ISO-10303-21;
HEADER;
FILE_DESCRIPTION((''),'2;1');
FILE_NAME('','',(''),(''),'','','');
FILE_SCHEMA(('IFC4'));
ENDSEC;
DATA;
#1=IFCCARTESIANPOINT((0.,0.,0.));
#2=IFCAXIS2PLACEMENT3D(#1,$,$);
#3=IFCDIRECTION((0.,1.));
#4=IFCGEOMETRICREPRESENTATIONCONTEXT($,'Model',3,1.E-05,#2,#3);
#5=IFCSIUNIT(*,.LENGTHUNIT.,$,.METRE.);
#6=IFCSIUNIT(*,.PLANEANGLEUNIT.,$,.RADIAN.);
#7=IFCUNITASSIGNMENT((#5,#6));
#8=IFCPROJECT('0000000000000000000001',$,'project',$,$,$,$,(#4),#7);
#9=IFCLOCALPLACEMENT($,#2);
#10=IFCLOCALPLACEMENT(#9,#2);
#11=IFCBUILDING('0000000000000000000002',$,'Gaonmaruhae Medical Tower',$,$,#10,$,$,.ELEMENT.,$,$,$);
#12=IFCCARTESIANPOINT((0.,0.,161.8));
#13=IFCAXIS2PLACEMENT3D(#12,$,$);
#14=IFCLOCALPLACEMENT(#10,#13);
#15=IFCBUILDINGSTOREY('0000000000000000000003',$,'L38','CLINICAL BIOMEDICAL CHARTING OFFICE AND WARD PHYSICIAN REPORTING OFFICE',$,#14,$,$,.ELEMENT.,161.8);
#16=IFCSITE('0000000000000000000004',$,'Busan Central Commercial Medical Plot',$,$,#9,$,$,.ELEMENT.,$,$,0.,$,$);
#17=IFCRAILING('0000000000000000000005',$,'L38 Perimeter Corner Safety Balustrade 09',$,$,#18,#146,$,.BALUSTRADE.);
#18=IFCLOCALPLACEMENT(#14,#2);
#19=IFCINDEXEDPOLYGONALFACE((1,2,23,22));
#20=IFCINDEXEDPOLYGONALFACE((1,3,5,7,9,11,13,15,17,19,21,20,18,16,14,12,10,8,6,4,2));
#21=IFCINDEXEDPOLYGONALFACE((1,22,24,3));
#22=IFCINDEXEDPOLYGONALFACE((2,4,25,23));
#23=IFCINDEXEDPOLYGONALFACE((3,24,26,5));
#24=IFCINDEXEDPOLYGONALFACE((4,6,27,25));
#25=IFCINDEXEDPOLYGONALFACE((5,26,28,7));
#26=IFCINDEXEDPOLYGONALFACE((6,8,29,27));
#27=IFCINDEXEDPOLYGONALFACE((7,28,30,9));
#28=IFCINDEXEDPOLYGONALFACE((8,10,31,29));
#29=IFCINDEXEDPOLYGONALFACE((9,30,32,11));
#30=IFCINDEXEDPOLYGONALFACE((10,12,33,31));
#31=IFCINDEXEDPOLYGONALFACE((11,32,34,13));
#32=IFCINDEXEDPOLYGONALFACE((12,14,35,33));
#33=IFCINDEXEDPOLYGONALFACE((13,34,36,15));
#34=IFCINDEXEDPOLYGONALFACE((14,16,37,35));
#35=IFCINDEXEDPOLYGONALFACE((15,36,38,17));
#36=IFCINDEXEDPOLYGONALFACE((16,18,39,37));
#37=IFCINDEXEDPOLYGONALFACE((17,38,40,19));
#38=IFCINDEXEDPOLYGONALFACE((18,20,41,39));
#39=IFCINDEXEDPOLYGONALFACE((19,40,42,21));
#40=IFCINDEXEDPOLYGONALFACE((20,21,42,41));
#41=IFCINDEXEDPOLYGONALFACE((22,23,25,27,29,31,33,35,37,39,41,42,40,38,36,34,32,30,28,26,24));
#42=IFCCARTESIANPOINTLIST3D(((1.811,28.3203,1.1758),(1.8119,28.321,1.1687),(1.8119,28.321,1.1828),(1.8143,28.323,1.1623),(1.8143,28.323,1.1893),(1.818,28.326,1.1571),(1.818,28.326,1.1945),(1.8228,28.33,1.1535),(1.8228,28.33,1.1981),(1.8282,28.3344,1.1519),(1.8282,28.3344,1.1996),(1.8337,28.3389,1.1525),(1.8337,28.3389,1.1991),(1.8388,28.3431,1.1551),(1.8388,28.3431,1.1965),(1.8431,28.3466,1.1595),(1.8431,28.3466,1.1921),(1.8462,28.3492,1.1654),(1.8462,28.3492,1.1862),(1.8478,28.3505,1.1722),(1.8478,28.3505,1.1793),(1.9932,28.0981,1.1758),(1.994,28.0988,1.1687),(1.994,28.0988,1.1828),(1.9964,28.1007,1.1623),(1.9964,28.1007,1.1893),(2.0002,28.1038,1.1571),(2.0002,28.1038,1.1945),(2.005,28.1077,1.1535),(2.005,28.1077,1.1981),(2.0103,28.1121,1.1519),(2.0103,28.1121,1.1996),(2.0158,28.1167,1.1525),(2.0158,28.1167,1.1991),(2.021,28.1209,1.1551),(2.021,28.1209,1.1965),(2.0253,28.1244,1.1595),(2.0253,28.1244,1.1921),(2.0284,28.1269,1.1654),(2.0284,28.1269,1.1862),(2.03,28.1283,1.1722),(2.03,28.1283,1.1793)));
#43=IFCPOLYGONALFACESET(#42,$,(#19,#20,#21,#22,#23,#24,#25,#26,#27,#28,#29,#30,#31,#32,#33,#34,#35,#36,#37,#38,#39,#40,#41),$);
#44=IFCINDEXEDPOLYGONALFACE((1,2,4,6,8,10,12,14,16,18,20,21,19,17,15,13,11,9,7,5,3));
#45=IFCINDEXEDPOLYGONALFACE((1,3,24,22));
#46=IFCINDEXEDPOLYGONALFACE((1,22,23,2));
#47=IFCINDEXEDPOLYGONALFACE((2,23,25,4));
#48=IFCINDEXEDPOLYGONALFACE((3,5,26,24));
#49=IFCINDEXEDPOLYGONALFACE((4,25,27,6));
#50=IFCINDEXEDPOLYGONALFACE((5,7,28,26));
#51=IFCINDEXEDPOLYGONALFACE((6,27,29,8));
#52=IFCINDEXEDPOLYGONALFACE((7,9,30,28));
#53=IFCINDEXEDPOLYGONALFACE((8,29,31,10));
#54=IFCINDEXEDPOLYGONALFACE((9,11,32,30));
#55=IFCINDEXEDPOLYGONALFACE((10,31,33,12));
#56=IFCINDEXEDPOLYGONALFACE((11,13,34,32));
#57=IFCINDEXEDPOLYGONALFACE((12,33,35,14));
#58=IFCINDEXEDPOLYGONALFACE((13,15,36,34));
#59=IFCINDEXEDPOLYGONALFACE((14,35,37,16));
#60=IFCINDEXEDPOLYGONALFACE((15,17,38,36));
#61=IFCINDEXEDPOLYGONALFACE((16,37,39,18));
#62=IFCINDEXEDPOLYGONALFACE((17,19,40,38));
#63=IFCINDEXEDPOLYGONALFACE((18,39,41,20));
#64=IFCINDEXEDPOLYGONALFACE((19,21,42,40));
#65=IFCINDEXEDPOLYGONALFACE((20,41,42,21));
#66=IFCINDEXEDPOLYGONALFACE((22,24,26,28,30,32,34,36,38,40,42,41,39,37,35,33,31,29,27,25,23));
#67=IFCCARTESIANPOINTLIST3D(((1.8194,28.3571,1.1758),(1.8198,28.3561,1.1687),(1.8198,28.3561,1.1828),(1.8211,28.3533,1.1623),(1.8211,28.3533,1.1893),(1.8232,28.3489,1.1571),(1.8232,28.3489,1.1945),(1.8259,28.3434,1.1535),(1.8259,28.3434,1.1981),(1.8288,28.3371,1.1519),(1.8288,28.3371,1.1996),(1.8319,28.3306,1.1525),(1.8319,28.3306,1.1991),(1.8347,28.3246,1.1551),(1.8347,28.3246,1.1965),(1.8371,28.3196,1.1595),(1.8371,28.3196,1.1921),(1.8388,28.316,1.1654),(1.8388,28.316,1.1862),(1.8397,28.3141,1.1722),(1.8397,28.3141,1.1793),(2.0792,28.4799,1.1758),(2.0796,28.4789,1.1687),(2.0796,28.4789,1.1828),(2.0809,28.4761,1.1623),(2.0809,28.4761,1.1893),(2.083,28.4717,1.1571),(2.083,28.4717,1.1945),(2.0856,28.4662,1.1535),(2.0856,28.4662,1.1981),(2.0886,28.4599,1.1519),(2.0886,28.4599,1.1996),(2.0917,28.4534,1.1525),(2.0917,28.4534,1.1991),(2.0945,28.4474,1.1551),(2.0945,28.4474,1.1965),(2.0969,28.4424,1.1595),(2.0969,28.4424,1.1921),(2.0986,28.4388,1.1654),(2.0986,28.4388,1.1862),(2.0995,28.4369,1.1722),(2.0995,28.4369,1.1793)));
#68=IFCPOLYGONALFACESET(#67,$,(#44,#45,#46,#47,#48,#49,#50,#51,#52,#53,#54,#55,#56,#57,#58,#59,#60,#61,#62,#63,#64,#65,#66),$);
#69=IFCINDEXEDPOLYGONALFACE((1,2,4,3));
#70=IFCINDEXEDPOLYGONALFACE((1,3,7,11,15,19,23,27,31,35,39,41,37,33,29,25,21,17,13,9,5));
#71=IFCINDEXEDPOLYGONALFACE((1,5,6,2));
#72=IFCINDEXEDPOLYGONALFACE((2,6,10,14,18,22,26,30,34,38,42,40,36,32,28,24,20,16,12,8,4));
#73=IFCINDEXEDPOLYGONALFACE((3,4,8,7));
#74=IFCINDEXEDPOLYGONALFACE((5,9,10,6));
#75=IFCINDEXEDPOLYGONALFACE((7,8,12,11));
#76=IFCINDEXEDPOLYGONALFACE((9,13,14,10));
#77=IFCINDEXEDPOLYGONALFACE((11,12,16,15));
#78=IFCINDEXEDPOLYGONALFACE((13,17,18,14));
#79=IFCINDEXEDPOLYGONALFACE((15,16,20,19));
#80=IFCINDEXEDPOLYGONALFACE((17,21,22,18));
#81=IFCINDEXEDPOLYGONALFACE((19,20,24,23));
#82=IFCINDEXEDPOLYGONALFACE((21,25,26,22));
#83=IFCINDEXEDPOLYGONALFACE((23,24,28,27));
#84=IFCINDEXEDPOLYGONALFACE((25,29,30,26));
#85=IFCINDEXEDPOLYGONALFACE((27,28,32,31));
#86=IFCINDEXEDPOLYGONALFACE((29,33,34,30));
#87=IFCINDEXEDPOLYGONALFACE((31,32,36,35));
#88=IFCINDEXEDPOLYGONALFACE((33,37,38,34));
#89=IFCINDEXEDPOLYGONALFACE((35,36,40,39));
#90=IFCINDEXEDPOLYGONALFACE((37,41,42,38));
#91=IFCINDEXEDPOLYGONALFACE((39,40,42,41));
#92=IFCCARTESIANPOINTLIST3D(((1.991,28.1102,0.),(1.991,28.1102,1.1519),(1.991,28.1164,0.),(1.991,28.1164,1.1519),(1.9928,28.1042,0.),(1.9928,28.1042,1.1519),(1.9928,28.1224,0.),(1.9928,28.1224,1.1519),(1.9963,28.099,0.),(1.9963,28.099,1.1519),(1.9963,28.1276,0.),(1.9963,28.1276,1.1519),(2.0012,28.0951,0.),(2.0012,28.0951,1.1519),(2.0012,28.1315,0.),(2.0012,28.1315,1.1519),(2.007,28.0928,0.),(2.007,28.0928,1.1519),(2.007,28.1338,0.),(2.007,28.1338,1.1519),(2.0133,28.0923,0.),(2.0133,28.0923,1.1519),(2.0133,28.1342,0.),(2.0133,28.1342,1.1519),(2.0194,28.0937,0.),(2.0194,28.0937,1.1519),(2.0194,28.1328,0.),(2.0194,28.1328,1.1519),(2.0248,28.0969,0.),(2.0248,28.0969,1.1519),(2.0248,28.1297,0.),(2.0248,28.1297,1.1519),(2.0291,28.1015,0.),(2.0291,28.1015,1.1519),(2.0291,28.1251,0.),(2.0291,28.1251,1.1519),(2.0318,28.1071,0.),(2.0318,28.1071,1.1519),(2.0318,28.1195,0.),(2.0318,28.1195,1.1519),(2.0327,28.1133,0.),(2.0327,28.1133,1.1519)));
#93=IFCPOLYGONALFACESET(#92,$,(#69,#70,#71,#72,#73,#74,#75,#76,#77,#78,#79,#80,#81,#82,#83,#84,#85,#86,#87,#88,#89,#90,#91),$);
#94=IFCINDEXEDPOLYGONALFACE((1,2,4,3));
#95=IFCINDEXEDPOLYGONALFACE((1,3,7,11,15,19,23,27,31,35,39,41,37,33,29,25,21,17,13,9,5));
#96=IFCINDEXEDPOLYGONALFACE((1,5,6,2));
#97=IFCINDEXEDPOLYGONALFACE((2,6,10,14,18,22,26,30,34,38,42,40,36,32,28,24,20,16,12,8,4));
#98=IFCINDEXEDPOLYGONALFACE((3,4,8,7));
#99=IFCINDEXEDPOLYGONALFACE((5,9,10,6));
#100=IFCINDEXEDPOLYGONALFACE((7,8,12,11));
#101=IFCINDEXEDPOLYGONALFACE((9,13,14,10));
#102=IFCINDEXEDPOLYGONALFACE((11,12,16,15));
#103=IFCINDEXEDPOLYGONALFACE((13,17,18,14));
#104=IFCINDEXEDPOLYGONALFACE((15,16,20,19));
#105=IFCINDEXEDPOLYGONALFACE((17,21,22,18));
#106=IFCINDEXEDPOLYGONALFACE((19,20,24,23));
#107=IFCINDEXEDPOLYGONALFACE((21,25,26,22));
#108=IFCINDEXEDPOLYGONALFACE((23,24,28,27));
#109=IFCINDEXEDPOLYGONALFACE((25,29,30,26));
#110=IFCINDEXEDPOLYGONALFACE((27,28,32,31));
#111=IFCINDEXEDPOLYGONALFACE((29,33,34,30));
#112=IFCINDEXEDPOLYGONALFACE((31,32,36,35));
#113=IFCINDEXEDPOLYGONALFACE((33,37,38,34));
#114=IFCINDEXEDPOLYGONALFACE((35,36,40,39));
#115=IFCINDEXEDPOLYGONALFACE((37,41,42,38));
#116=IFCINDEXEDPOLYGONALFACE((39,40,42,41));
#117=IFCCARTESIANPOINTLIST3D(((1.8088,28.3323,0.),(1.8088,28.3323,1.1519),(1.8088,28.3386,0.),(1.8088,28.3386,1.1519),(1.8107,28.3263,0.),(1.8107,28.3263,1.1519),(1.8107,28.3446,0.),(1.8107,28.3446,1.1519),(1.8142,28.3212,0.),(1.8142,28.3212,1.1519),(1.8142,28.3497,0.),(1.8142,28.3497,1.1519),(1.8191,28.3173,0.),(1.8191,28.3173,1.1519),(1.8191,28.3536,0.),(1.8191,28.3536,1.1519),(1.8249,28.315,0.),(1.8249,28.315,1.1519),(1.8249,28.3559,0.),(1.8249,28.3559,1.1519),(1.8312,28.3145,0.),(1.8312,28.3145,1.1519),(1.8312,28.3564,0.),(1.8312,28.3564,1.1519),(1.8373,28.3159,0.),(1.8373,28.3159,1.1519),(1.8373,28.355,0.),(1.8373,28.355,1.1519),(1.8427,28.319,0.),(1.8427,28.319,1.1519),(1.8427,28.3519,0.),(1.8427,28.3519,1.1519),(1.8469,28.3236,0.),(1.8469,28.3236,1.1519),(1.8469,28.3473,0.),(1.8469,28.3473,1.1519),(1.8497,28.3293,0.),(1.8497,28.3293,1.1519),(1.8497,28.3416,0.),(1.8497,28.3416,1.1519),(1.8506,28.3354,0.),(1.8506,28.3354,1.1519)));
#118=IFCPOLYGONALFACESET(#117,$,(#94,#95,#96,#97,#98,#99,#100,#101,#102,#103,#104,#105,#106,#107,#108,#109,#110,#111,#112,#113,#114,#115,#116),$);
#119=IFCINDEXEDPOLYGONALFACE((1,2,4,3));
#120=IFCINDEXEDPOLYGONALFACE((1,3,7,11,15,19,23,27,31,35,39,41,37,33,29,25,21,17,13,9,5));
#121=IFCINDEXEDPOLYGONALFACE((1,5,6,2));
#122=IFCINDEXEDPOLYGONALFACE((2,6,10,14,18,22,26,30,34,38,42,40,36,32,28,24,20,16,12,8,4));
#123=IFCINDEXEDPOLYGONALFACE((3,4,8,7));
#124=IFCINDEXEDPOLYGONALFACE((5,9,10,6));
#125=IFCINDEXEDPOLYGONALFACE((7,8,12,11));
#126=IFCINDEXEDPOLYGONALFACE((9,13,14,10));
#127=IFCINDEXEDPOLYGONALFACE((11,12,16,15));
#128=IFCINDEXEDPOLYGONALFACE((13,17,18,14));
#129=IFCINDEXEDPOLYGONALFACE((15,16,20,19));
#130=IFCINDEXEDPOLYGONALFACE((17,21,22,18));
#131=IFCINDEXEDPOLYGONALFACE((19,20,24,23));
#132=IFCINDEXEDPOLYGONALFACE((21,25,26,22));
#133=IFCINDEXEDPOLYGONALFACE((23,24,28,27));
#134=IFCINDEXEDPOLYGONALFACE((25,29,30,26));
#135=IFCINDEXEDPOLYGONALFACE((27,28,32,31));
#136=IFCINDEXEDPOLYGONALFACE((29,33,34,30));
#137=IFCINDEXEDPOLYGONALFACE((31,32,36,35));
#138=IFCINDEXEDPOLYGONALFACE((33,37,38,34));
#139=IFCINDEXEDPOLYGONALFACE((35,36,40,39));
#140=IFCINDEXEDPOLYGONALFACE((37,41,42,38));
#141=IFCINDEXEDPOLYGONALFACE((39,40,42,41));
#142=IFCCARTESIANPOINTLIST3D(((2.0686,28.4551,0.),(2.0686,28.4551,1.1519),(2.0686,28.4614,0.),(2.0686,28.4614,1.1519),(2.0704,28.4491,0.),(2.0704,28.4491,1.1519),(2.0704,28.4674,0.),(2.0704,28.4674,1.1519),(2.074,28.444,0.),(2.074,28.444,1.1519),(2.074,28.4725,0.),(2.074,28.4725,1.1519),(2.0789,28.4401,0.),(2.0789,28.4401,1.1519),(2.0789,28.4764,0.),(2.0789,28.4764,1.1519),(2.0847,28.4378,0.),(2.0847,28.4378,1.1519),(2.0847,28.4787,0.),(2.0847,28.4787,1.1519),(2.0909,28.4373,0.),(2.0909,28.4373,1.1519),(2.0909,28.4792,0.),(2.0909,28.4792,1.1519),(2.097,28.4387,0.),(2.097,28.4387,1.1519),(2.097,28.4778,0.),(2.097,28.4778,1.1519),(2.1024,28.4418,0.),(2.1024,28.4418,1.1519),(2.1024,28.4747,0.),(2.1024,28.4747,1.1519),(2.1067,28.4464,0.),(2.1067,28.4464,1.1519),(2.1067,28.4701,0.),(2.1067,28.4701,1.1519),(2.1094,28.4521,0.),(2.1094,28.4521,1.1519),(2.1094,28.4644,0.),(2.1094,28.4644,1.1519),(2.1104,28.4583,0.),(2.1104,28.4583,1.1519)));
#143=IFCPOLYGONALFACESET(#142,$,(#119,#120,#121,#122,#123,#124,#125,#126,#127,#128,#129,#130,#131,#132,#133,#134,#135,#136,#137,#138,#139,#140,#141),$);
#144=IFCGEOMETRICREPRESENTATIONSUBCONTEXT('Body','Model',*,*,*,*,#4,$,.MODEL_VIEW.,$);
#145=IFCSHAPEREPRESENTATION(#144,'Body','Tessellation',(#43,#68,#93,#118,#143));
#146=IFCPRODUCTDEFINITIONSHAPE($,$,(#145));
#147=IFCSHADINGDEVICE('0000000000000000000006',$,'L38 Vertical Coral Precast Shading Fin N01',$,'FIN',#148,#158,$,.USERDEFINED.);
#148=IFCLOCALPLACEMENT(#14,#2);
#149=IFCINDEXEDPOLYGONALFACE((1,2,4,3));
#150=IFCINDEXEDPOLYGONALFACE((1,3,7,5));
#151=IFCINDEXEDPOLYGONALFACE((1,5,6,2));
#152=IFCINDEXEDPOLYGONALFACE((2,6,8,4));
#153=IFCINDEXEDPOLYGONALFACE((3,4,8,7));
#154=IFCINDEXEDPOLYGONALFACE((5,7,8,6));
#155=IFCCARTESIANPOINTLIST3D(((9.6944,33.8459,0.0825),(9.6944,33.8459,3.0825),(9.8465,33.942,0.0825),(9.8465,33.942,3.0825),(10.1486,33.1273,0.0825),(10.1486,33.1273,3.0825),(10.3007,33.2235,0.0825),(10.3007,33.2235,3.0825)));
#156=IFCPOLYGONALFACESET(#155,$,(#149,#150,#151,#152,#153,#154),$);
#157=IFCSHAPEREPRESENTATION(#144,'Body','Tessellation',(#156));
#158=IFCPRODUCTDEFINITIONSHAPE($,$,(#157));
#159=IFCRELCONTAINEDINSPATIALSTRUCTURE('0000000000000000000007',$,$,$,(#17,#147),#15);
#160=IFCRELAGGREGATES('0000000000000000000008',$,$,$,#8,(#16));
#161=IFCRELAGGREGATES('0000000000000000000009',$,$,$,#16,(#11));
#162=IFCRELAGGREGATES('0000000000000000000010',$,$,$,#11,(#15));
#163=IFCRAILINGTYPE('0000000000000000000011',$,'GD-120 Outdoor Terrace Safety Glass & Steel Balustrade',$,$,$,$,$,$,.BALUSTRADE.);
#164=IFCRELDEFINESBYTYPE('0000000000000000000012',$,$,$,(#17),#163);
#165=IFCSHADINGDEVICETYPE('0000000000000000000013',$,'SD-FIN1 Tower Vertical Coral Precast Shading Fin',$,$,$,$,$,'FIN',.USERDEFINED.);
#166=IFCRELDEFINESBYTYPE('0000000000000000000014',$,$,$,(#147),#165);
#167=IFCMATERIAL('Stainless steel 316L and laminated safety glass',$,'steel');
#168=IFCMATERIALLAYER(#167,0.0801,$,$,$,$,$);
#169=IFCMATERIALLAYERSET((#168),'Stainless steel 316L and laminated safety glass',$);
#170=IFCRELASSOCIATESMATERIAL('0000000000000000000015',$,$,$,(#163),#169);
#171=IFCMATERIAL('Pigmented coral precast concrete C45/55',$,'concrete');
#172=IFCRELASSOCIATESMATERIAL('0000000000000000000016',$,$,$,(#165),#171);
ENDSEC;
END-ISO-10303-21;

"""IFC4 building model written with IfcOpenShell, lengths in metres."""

from ifc_helpers import new_model, si_unit, direction, frame, origin, origin_2d, place, context, subcontext, project, spatial, rectangle, circle, extrude, material, layer, layer_set, type_object, element, save


model = new_model("IFC4")

# Units and contexts
model_context = context("Model", 3, precision=1e-05, world=origin(), true_north=direction((0.0, 1.0)))
body_context = subcontext(model_context, "Body", "Model", "MODEL_VIEW")
ifc_project = project(units=[si_unit("LENGTHUNIT", "METRE"), si_unit("PLANEANGLEUNIT", "RADIAN")], contexts=[model_context])

# Site, building, storey
site_placement = place(None, origin())
site = spatial("IfcSite", under=ifc_project, at=site_placement, Name="Busan Central Commercial Medical Plot", CompositionType="ELEMENT", RefElevation=0.0)
building_placement = place(site_placement, origin())
building = spatial("IfcBuilding", under=site, at=building_placement, Name="Gaonmaruhae Medical Tower", CompositionType="ELEMENT")
storey_placement = place(building_placement, frame((0.0, 0.0, 161.8)))
storey = spatial("IfcBuildingStorey", under=building, at=storey_placement, Name="L38", Description="CLINICAL BIOMEDICAL CHARTING OFFICE AND WARD PHYSICIAN REPORTING OFFICE", CompositionType="ELEMENT", Elevation=161.8)

# Railing
ifc_material_1 = material(Name="Stainless steel 316L and laminated safety glass", Category="steel")
ifc_layer_1 = layer(ifc_material_1, 0.0801)
ifc_layer_set_1 = layer_set([ifc_layer_1], Name="Stainless steel 316L and laminated safety glass")
railing_type = type_object("IfcRailingType", Name="GD-120 Outdoor Terrace Safety Glass & Steel Balustrade", PredefinedType="BALUSTRADE", material=ifc_layer_set_1)
railing_1_placement = place(storey_placement, frame((2.0117, 28.1133, 0.0)))
element("IfcRailing", 1, at=railing_1_placement, inside=storey, type_object=railing_type, Name="L38 Perimeter Corner Safety Balustrade 09", PredefinedType="BALUSTRADE", context=body_context, shape_type="SweptSolid", body=[
    extrude(circle(Radius=0.0239, at=origin_2d()), frame((0.0, 0.0, 1.1758), z_axis=(-0.633978, 0.773351, 0.0), x_axis=(-0.773351, -0.633978, 0.0)), (0.0, 0.0, 1.0), 0.2874),
    extrude(circle(Radius=0.0239, at=origin_2d()), frame((-0.1821, 0.2222, 1.1758), z_axis=(0.904066, 0.427392, 0.0), x_axis=(-0.427392, 0.904066, 0.0)), (0.0, 0.0, 1.0), 0.2874),
    extrude(circle(Radius=0.021, at=origin_2d()), origin(), (0.0, 0.0, 1.0), 1.1519),
    extrude(circle(Radius=0.021, at=origin_2d()), frame((-0.1821, 0.2222, 0.0)), (0.0, 0.0, 1.0), 1.1519),
    extrude(circle(Radius=0.021, at=origin_2d()), frame((0.0776, 0.345, 0.0)), (0.0, 0.0, 1.0), 1.1519),
])

# Shading device
ifc_material_2 = material(Name="Pigmented coral precast concrete C45/55", Category="concrete")
shading_device_type = type_object("IfcShadingDeviceType", Name="SD-FIN1 Tower Vertical Coral Precast Shading Fin", ElementType="FIN", PredefinedType="USERDEFINED", material=ifc_material_2)
shading_device_placement = place(storey_placement, frame((9.9976, 33.5347, 0.0825), z_axis=(0.0, 0.0, 1.0), x_axis=(0.845262, 0.534352, 0.0)))
element("IfcShadingDevice", 2, at=shading_device_placement, inside=storey, type_object=shading_device_type, Name="L38 Vertical Coral Precast Shading Fin N01", ObjectType="FIN", PredefinedType="USERDEFINED", context=body_context, shape_type="SweptSolid", body=[
    extrude(rectangle(XDim=0.1799, YDim=0.8501, at=origin_2d()), origin(), (0.0, 0.0, 1.0), 3.0),
])

save(model, "model.ifc")
